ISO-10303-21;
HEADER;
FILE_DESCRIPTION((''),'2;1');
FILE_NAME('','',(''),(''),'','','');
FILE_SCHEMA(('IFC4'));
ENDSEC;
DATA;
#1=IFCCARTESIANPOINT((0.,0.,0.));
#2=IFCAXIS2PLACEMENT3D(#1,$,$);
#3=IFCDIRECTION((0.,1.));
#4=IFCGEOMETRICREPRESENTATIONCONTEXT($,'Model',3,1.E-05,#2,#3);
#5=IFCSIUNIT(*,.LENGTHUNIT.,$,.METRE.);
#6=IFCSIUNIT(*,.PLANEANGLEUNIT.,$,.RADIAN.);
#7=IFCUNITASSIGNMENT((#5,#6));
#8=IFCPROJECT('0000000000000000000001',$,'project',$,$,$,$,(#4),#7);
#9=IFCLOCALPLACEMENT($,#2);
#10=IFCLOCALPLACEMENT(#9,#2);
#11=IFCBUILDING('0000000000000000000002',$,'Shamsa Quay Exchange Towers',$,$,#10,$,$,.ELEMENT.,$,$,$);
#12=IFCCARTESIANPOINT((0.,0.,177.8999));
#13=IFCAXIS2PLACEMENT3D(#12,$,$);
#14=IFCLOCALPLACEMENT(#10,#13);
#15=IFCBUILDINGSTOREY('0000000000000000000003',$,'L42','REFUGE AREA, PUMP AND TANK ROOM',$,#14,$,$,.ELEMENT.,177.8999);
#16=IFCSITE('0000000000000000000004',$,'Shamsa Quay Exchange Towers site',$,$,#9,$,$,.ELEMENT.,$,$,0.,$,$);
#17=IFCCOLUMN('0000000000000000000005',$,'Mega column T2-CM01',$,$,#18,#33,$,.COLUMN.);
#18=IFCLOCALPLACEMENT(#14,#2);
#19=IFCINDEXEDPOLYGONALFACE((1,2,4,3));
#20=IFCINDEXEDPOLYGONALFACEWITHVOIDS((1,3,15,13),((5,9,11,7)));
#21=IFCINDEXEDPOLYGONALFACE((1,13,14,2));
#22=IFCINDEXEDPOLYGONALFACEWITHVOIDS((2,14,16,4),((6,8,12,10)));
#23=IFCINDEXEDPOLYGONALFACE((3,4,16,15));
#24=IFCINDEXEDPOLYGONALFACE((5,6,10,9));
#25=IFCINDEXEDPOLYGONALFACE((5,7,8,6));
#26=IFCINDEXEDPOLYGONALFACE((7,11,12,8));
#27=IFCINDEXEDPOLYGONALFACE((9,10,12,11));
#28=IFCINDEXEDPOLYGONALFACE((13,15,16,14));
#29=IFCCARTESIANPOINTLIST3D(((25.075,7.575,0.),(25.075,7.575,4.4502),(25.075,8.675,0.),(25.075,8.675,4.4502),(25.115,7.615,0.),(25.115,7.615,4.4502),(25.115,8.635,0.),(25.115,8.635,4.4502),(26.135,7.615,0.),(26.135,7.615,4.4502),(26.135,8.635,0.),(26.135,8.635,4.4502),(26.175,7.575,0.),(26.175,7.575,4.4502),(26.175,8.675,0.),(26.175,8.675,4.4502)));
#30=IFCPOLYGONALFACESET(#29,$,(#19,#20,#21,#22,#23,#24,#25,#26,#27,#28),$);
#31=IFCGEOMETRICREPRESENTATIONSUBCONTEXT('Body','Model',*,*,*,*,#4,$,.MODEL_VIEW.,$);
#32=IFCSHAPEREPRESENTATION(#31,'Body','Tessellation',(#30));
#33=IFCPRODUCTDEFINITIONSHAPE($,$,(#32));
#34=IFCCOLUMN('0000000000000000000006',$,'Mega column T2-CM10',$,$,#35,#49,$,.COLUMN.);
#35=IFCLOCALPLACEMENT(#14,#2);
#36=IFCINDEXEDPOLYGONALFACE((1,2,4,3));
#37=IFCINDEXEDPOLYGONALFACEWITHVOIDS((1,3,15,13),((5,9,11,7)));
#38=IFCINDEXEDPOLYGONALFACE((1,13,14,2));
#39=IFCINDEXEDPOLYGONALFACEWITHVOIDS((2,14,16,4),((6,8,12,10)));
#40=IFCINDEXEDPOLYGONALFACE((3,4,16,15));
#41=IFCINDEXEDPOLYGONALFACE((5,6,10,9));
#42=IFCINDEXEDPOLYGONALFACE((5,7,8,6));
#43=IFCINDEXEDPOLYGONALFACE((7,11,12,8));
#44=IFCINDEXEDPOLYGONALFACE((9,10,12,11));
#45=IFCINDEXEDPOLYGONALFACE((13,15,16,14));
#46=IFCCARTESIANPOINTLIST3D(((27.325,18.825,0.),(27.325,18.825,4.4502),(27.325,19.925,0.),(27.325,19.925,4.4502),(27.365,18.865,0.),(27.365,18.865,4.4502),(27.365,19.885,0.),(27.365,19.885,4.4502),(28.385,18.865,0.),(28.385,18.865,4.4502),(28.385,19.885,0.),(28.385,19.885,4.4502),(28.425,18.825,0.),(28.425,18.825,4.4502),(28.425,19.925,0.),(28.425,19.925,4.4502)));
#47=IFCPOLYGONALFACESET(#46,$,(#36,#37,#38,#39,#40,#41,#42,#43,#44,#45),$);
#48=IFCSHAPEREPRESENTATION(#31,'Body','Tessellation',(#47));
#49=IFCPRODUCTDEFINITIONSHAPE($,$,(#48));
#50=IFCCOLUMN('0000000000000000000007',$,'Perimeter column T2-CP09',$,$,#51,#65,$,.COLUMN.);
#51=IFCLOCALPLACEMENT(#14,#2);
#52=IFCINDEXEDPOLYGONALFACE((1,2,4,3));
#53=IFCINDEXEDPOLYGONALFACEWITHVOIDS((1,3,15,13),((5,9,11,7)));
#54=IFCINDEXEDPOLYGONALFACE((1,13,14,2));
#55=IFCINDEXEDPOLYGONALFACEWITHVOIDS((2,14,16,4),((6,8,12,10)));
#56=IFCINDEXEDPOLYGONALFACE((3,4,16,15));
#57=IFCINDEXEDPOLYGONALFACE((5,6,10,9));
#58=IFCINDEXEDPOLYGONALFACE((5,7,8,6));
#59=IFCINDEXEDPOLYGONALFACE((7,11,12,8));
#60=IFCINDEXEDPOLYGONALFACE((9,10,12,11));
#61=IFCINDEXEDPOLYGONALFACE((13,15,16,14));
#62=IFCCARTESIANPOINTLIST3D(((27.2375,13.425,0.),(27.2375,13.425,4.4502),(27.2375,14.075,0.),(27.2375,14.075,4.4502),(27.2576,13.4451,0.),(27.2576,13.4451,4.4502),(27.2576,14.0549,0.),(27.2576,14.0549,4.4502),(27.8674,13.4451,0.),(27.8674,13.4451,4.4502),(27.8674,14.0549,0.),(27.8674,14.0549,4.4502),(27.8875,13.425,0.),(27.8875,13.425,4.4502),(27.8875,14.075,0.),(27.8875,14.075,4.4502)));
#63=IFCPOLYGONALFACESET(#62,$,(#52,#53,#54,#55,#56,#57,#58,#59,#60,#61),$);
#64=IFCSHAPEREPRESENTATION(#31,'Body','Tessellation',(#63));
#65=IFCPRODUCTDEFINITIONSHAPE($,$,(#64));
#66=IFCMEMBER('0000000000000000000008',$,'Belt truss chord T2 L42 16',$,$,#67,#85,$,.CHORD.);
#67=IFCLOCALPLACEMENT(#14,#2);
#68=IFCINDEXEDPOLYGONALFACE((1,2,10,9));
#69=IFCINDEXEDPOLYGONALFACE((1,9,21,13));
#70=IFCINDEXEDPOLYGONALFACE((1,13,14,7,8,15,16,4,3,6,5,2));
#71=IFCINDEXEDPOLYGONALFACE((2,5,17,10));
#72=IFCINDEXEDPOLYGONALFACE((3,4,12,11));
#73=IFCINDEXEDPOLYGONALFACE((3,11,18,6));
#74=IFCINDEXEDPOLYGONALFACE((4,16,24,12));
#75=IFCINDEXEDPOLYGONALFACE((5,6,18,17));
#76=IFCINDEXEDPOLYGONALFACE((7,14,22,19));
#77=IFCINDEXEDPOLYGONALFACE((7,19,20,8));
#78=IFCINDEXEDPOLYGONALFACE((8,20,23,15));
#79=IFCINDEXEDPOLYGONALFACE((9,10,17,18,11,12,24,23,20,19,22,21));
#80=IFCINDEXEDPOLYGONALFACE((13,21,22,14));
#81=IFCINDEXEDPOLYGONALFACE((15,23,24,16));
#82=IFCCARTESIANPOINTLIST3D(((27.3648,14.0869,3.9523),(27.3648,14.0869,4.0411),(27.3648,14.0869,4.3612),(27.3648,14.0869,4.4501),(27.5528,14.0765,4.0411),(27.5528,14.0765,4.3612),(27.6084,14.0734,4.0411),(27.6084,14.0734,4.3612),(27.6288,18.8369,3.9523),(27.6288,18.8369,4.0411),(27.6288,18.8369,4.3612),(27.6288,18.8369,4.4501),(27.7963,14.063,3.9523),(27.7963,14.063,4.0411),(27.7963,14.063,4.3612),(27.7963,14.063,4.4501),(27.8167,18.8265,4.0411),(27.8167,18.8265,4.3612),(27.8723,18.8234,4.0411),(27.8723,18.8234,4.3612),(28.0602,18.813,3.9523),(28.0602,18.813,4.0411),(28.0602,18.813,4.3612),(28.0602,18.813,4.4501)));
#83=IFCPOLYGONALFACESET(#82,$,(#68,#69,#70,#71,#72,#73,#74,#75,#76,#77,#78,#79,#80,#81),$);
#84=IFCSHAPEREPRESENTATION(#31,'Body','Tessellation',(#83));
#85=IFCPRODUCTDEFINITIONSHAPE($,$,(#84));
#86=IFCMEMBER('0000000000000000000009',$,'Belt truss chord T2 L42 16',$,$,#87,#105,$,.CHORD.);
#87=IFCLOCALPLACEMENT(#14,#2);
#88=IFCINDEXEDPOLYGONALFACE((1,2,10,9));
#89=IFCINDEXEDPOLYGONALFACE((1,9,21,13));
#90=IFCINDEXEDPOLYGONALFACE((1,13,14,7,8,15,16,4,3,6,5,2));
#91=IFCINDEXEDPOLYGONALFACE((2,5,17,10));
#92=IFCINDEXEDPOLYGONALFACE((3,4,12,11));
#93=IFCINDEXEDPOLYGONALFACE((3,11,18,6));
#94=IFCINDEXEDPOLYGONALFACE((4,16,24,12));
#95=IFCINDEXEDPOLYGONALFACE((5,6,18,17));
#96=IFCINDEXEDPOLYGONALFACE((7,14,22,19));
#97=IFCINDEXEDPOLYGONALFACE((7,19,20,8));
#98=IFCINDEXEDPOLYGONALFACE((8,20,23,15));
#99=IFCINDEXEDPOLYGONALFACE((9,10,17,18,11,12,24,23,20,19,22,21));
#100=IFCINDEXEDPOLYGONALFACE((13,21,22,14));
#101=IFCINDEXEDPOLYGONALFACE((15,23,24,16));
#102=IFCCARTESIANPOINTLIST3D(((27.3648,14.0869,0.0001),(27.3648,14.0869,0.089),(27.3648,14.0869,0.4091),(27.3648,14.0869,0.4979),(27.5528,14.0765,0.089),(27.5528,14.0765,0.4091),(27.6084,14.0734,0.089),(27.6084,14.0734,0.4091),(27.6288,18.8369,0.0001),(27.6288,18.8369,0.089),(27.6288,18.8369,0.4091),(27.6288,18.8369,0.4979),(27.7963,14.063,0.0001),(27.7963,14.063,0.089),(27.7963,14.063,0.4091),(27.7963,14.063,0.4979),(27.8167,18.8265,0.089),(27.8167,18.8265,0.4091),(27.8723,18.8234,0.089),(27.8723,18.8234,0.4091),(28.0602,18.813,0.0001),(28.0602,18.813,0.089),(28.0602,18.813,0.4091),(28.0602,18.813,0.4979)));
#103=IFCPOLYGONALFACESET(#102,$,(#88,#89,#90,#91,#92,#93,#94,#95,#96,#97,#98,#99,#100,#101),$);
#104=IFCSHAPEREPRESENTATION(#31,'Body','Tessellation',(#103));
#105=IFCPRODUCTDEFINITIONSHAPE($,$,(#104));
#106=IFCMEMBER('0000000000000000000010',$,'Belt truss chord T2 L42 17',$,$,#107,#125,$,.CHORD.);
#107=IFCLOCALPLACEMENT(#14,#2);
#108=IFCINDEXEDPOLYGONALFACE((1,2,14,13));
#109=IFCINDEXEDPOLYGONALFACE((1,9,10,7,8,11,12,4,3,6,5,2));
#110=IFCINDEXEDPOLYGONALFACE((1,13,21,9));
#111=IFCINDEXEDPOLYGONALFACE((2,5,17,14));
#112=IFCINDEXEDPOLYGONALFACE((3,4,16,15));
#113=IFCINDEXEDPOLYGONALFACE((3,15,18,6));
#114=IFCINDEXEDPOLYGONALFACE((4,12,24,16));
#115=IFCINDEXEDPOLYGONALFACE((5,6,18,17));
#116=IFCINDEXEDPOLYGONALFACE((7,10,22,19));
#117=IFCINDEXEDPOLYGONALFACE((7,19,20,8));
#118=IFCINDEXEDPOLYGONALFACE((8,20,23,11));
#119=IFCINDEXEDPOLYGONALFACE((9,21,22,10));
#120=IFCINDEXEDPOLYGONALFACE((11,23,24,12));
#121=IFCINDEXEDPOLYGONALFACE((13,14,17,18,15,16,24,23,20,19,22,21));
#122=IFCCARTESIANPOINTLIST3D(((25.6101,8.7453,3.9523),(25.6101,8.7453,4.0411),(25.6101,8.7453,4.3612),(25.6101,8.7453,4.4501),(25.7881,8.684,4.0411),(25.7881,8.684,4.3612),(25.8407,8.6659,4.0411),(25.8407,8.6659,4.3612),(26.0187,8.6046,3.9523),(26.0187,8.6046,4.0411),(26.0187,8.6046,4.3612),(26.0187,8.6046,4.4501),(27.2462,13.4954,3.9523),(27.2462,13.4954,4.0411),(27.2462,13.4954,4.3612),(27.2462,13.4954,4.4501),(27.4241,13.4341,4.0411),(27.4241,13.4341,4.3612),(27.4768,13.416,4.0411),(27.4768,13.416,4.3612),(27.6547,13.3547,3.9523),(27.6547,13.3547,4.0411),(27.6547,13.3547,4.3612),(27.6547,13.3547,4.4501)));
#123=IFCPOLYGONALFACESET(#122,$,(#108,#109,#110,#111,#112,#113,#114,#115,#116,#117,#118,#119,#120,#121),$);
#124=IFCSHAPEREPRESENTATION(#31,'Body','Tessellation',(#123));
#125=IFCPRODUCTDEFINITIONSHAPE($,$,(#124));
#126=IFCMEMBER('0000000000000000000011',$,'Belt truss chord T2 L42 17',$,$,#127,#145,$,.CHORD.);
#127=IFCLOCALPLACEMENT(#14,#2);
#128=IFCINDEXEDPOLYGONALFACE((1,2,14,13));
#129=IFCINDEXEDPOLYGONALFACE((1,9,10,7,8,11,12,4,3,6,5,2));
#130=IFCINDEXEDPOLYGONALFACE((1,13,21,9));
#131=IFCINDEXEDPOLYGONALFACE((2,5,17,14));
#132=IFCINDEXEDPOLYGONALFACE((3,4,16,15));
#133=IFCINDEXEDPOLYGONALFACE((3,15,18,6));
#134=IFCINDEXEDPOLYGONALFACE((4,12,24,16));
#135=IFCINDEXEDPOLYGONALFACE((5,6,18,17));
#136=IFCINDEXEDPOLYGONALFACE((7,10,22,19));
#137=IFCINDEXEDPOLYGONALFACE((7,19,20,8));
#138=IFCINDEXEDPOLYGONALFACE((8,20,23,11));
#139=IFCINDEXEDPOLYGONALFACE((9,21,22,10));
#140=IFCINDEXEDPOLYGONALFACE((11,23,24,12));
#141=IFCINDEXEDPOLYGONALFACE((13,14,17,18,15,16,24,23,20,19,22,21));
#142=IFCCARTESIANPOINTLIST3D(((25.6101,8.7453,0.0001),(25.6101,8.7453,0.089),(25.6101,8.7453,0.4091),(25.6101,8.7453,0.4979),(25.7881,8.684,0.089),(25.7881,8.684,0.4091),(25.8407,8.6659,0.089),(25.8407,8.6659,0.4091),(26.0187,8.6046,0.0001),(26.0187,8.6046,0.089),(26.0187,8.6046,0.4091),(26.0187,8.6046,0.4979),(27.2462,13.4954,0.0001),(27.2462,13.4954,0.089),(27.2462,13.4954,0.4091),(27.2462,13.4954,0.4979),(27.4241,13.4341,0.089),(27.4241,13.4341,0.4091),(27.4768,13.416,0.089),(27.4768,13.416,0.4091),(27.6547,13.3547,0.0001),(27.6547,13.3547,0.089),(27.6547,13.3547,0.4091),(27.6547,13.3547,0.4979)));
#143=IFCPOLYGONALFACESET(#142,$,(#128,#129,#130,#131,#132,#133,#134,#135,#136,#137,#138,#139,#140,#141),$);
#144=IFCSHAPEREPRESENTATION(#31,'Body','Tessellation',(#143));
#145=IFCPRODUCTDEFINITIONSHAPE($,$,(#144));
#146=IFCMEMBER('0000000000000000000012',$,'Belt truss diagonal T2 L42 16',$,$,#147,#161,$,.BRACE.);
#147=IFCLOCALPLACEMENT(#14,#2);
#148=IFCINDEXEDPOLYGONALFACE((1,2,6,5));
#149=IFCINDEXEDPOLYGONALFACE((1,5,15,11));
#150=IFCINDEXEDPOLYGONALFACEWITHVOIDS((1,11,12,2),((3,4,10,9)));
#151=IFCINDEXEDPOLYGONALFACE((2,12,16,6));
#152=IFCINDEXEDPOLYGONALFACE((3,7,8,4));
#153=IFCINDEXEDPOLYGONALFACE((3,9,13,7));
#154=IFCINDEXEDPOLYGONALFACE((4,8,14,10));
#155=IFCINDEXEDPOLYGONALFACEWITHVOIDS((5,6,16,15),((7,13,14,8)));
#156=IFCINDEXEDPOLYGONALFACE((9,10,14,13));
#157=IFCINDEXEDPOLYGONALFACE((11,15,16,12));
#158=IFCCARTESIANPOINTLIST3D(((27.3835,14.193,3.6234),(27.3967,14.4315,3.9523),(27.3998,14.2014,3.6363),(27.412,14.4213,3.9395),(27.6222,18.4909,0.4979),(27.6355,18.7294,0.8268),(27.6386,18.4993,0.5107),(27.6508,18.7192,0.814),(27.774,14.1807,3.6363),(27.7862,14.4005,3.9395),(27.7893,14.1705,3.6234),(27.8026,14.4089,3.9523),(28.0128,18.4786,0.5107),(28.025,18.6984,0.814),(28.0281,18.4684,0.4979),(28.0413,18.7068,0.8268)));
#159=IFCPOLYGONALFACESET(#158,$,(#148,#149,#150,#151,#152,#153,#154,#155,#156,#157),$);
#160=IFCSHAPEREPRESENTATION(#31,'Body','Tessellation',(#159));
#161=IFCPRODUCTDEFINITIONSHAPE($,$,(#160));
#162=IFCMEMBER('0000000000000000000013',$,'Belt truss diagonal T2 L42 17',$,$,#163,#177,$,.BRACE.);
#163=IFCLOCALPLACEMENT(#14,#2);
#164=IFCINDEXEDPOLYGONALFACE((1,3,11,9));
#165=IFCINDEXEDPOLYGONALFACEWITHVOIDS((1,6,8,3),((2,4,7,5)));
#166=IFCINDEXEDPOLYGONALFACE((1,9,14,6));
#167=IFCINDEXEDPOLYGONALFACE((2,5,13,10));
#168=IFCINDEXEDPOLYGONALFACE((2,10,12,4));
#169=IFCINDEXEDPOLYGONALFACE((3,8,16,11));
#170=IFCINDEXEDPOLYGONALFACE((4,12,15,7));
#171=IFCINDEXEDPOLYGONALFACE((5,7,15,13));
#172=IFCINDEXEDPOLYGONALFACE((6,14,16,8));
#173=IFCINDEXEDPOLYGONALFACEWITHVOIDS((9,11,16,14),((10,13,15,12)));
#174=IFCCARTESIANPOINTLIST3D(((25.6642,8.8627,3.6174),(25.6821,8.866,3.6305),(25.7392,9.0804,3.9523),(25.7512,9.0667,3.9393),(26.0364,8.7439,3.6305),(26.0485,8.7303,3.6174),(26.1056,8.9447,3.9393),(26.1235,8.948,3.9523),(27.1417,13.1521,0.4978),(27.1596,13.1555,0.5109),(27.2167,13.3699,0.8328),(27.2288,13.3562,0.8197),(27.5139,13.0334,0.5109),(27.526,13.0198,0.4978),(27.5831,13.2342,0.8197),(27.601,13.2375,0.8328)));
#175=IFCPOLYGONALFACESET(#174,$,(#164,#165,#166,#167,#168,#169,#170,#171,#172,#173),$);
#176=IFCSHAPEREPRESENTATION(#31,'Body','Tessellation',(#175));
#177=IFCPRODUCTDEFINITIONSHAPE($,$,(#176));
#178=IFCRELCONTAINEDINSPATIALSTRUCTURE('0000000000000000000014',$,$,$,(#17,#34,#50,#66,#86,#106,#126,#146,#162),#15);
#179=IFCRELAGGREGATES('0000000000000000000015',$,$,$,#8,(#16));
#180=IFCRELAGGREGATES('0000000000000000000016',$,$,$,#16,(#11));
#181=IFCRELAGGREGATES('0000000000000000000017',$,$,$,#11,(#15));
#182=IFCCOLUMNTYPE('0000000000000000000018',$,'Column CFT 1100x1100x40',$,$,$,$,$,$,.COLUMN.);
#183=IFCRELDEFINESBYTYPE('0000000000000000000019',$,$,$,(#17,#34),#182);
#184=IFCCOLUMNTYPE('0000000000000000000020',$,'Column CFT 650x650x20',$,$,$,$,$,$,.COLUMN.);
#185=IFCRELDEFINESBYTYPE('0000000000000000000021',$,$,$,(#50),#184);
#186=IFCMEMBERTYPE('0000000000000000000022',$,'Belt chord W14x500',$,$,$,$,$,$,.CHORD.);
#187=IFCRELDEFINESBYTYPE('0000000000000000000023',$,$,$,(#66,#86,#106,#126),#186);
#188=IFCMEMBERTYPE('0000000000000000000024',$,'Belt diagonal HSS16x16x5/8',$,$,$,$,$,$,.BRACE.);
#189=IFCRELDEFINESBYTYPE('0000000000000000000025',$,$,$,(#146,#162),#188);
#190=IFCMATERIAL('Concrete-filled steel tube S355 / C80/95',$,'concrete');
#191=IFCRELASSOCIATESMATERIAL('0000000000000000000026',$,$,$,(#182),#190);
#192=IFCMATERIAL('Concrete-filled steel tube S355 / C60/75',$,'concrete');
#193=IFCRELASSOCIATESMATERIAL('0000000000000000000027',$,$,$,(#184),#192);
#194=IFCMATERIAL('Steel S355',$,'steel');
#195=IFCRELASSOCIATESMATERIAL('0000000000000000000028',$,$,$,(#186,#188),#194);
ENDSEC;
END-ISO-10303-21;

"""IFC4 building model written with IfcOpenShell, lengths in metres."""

from ifc_helpers import new_model, si_unit, direction, frame, origin, origin_2d, place, context, subcontext, project, spatial, hollow_rectangle, i_section, extrude, material, material_profile, profile_set, type_object, element, save


model = new_model("IFC4")

# Units and contexts
model_context = context("Model", 3, precision=1e-05, world=origin(), true_north=direction((0.0, 1.0)))
body_context = subcontext(model_context, "Body", "Model", "MODEL_VIEW")
ifc_project = project(units=[si_unit("LENGTHUNIT", "METRE"), si_unit("PLANEANGLEUNIT", "RADIAN")], contexts=[model_context])

# Site, building, storey
site_placement = place(None, origin())
site = spatial("IfcSite", under=ifc_project, at=site_placement, Name="Shamsa Quay Exchange Towers site", CompositionType="ELEMENT", RefElevation=0.0)
building_placement = place(site_placement, origin())
building = spatial("IfcBuilding", under=site, at=building_placement, Name="Shamsa Quay Exchange Towers", CompositionType="ELEMENT")
storey_placement = place(building_placement, frame((0.0, 0.0, 177.8999)))
storey = spatial("IfcBuildingStorey", under=building, at=storey_placement, Name="L42", Description="REFUGE AREA, PUMP AND TANK ROOM", CompositionType="ELEMENT", Elevation=177.8999)

# Columns
ifc_material_1 = material(Name="Concrete-filled steel tube S355 / C80/95", Category="concrete")
ifc_material_profile_1 = material_profile(ifc_material_1, hollow_rectangle(XDim=1.1001, YDim=1.1001, WallThickness=0.04, at=origin_2d()), Name="CFT 1100x1100x40")
ifc_profile_set_1 = profile_set([ifc_material_profile_1], Name="Concrete-filled steel tube S355 / C80/95")
column_type_1 = type_object("IfcColumnType", Name="Column CFT 1100x1100x40", PredefinedType="COLUMN", material=ifc_profile_set_1)
for number, where, name in (
    (1, (25.625, 8.125, 0.0), "Mega column T2-CM01"),
    (2, (27.875, 19.375, 0.0), "Mega column T2-CM10"),
):
    element("IfcColumn", number, at=place(storey_placement, frame(where)), inside=storey, type_object=column_type_1, Name=name, PredefinedType="COLUMN", context=body_context, shape_type="SweptSolid", body=[
        extrude(hollow_rectangle(XDim=1.1001, YDim=1.1001, WallThickness=0.04, at=origin_2d()), origin(), (0.0, 0.0, 1.0), 4.4502),
    ])
ifc_material_2 = material(Name="Concrete-filled steel tube S355 / C60/75", Category="concrete")
ifc_material_profile_2 = material_profile(ifc_material_2, hollow_rectangle(XDim=0.6499, YDim=0.6499, WallThickness=0.02, at=origin_2d()), Name="CFT 650x650x20")
ifc_profile_set_2 = profile_set([ifc_material_profile_2], Name="Concrete-filled steel tube S355 / C60/75")
column_type_2 = type_object("IfcColumnType", Name="Column CFT 650x650x20", PredefinedType="COLUMN", material=ifc_profile_set_2)
column_placement = place(storey_placement, frame((27.5625, 13.75, 0.0)))
element("IfcColumn", 3, at=column_placement, inside=storey, type_object=column_type_2, Name="Perimeter column T2-CP09", PredefinedType="COLUMN", context=body_context, shape_type="SweptSolid", body=[
    extrude(hollow_rectangle(XDim=0.6499, YDim=0.6499, WallThickness=0.02, at=origin_2d()), origin(), (0.0, 0.0, 1.0), 4.4502),
])

# Members
ifc_material_3 = material(Name="Steel S355", Category="steel")
ifc_material_profile_3 = material_profile(ifc_material_3, i_section(OverallWidth=0.4321, OverallDepth=0.4978, WebThickness=0.0557, FlangeThickness=0.0889, at=origin_2d()), Name="W14x500")
ifc_profile_set_3 = profile_set([ifc_material_profile_3], Name="Steel S355")
member_type_1 = type_object("IfcMemberType", Name="Belt chord W14x500", PredefinedType="CHORD", material=ifc_profile_set_3)
for number, where, z_axis, x_axis, name in (
    (4, (27.8445, 18.825, 4.2012), (-0.055476, -0.99846, 0.0), (0.99846, -0.055476, 0.0), "Belt truss chord T2 L42 16"),
    (5, (27.8445, 18.825, 0.249), (-0.055476, -0.99846, 0.0), (0.99846, -0.055476, 0.0), "Belt truss chord T2 L42 16"),
):
    element("IfcMember", number, at=place(storey_placement, frame(where, z_axis=z_axis, x_axis=x_axis)), inside=storey, type_object=member_type_1, Name=name, PredefinedType="CHORD", context=body_context, shape_type="SweptSolid", body=[
        extrude(i_section(OverallWidth=0.4321, OverallDepth=0.4978, WebThickness=0.0557, FlangeThickness=0.0889, at=origin_2d()), origin(), (0.0, 0.0, 1.0), 4.7573),
    ])
for number, where, z_axis, x_axis, name in (
    (6, (27.4504, 13.425, 4.2012), (-0.325645, -0.945492, 0.0), (0.945492, -0.325645, 0.0), "Belt truss chord T2 L42 17"),
    (7, (27.4504, 13.425, 0.249), (-0.325645, -0.945492, 0.0), (0.945492, -0.325645, 0.0), "Belt truss chord T2 L42 17"),
):
    element("IfcMember", number, at=place(storey_placement, frame(where, z_axis=z_axis, x_axis=x_axis)), inside=storey, type_object=member_type_1, Name=name, PredefinedType="CHORD", context=body_context, shape_type="SweptSolid", body=[
        extrude(i_section(OverallWidth=0.4321, OverallDepth=0.4978, WebThickness=0.0557, FlangeThickness=0.0889, at=origin_2d()), origin(), (0.0, 0.0, 1.0), 5.0239),
    ])
ifc_material_profile_4 = material_profile(ifc_material_3, hollow_rectangle(XDim=0.4065, YDim=0.4065, WallThickness=0.0159, at=origin_2d()), Name="HSS16x16x5/8")
ifc_profile_set_4 = profile_set([ifc_material_profile_4], Name="Steel S355")
member_type_2 = type_object("IfcMemberType", Name="Belt diagonal HSS16x16x5/8", PredefinedType="BRACE", material=ifc_profile_set_4)
member_1_placement = place(storey_placement, frame((27.8318, 18.5989, 0.6624), z_axis=(-0.044886, -0.807941, 0.587552), x_axis=(0.99846, -0.05547, 0.0)))
element("IfcMember", 8, at=member_1_placement, inside=storey, type_object=member_type_2, Name="Belt truss diagonal T2 L42 16", PredefinedType="BRACE", context=body_context, shape_type="SweptSolid", body=[
    extrude(hollow_rectangle(XDim=0.4065, YDim=0.4065, WallThickness=0.0159, at=origin_2d()), origin(), (0.0, 0.0, 1.0), 5.3196),
])
member_2_placement = place(storey_placement, frame((27.3713, 13.1948, 0.6653), z_axis=(-0.268353, -0.779076, 0.566593), x_axis=(0.945483, -0.325672, 0.0)))
element("IfcMember", 9, at=member_2_placement, inside=storey, type_object=member_type_2, Name="Belt truss diagonal T2 L42 17", PredefinedType="BRACE", context=body_context, shape_type="SweptSolid", body=[
    extrude(hollow_rectangle(XDim=0.4065, YDim=0.4065, WallThickness=0.0159, at=origin_2d()), origin(), (0.0, 0.0, 1.0), 5.5059),
])

save(model, "model.ifc")
